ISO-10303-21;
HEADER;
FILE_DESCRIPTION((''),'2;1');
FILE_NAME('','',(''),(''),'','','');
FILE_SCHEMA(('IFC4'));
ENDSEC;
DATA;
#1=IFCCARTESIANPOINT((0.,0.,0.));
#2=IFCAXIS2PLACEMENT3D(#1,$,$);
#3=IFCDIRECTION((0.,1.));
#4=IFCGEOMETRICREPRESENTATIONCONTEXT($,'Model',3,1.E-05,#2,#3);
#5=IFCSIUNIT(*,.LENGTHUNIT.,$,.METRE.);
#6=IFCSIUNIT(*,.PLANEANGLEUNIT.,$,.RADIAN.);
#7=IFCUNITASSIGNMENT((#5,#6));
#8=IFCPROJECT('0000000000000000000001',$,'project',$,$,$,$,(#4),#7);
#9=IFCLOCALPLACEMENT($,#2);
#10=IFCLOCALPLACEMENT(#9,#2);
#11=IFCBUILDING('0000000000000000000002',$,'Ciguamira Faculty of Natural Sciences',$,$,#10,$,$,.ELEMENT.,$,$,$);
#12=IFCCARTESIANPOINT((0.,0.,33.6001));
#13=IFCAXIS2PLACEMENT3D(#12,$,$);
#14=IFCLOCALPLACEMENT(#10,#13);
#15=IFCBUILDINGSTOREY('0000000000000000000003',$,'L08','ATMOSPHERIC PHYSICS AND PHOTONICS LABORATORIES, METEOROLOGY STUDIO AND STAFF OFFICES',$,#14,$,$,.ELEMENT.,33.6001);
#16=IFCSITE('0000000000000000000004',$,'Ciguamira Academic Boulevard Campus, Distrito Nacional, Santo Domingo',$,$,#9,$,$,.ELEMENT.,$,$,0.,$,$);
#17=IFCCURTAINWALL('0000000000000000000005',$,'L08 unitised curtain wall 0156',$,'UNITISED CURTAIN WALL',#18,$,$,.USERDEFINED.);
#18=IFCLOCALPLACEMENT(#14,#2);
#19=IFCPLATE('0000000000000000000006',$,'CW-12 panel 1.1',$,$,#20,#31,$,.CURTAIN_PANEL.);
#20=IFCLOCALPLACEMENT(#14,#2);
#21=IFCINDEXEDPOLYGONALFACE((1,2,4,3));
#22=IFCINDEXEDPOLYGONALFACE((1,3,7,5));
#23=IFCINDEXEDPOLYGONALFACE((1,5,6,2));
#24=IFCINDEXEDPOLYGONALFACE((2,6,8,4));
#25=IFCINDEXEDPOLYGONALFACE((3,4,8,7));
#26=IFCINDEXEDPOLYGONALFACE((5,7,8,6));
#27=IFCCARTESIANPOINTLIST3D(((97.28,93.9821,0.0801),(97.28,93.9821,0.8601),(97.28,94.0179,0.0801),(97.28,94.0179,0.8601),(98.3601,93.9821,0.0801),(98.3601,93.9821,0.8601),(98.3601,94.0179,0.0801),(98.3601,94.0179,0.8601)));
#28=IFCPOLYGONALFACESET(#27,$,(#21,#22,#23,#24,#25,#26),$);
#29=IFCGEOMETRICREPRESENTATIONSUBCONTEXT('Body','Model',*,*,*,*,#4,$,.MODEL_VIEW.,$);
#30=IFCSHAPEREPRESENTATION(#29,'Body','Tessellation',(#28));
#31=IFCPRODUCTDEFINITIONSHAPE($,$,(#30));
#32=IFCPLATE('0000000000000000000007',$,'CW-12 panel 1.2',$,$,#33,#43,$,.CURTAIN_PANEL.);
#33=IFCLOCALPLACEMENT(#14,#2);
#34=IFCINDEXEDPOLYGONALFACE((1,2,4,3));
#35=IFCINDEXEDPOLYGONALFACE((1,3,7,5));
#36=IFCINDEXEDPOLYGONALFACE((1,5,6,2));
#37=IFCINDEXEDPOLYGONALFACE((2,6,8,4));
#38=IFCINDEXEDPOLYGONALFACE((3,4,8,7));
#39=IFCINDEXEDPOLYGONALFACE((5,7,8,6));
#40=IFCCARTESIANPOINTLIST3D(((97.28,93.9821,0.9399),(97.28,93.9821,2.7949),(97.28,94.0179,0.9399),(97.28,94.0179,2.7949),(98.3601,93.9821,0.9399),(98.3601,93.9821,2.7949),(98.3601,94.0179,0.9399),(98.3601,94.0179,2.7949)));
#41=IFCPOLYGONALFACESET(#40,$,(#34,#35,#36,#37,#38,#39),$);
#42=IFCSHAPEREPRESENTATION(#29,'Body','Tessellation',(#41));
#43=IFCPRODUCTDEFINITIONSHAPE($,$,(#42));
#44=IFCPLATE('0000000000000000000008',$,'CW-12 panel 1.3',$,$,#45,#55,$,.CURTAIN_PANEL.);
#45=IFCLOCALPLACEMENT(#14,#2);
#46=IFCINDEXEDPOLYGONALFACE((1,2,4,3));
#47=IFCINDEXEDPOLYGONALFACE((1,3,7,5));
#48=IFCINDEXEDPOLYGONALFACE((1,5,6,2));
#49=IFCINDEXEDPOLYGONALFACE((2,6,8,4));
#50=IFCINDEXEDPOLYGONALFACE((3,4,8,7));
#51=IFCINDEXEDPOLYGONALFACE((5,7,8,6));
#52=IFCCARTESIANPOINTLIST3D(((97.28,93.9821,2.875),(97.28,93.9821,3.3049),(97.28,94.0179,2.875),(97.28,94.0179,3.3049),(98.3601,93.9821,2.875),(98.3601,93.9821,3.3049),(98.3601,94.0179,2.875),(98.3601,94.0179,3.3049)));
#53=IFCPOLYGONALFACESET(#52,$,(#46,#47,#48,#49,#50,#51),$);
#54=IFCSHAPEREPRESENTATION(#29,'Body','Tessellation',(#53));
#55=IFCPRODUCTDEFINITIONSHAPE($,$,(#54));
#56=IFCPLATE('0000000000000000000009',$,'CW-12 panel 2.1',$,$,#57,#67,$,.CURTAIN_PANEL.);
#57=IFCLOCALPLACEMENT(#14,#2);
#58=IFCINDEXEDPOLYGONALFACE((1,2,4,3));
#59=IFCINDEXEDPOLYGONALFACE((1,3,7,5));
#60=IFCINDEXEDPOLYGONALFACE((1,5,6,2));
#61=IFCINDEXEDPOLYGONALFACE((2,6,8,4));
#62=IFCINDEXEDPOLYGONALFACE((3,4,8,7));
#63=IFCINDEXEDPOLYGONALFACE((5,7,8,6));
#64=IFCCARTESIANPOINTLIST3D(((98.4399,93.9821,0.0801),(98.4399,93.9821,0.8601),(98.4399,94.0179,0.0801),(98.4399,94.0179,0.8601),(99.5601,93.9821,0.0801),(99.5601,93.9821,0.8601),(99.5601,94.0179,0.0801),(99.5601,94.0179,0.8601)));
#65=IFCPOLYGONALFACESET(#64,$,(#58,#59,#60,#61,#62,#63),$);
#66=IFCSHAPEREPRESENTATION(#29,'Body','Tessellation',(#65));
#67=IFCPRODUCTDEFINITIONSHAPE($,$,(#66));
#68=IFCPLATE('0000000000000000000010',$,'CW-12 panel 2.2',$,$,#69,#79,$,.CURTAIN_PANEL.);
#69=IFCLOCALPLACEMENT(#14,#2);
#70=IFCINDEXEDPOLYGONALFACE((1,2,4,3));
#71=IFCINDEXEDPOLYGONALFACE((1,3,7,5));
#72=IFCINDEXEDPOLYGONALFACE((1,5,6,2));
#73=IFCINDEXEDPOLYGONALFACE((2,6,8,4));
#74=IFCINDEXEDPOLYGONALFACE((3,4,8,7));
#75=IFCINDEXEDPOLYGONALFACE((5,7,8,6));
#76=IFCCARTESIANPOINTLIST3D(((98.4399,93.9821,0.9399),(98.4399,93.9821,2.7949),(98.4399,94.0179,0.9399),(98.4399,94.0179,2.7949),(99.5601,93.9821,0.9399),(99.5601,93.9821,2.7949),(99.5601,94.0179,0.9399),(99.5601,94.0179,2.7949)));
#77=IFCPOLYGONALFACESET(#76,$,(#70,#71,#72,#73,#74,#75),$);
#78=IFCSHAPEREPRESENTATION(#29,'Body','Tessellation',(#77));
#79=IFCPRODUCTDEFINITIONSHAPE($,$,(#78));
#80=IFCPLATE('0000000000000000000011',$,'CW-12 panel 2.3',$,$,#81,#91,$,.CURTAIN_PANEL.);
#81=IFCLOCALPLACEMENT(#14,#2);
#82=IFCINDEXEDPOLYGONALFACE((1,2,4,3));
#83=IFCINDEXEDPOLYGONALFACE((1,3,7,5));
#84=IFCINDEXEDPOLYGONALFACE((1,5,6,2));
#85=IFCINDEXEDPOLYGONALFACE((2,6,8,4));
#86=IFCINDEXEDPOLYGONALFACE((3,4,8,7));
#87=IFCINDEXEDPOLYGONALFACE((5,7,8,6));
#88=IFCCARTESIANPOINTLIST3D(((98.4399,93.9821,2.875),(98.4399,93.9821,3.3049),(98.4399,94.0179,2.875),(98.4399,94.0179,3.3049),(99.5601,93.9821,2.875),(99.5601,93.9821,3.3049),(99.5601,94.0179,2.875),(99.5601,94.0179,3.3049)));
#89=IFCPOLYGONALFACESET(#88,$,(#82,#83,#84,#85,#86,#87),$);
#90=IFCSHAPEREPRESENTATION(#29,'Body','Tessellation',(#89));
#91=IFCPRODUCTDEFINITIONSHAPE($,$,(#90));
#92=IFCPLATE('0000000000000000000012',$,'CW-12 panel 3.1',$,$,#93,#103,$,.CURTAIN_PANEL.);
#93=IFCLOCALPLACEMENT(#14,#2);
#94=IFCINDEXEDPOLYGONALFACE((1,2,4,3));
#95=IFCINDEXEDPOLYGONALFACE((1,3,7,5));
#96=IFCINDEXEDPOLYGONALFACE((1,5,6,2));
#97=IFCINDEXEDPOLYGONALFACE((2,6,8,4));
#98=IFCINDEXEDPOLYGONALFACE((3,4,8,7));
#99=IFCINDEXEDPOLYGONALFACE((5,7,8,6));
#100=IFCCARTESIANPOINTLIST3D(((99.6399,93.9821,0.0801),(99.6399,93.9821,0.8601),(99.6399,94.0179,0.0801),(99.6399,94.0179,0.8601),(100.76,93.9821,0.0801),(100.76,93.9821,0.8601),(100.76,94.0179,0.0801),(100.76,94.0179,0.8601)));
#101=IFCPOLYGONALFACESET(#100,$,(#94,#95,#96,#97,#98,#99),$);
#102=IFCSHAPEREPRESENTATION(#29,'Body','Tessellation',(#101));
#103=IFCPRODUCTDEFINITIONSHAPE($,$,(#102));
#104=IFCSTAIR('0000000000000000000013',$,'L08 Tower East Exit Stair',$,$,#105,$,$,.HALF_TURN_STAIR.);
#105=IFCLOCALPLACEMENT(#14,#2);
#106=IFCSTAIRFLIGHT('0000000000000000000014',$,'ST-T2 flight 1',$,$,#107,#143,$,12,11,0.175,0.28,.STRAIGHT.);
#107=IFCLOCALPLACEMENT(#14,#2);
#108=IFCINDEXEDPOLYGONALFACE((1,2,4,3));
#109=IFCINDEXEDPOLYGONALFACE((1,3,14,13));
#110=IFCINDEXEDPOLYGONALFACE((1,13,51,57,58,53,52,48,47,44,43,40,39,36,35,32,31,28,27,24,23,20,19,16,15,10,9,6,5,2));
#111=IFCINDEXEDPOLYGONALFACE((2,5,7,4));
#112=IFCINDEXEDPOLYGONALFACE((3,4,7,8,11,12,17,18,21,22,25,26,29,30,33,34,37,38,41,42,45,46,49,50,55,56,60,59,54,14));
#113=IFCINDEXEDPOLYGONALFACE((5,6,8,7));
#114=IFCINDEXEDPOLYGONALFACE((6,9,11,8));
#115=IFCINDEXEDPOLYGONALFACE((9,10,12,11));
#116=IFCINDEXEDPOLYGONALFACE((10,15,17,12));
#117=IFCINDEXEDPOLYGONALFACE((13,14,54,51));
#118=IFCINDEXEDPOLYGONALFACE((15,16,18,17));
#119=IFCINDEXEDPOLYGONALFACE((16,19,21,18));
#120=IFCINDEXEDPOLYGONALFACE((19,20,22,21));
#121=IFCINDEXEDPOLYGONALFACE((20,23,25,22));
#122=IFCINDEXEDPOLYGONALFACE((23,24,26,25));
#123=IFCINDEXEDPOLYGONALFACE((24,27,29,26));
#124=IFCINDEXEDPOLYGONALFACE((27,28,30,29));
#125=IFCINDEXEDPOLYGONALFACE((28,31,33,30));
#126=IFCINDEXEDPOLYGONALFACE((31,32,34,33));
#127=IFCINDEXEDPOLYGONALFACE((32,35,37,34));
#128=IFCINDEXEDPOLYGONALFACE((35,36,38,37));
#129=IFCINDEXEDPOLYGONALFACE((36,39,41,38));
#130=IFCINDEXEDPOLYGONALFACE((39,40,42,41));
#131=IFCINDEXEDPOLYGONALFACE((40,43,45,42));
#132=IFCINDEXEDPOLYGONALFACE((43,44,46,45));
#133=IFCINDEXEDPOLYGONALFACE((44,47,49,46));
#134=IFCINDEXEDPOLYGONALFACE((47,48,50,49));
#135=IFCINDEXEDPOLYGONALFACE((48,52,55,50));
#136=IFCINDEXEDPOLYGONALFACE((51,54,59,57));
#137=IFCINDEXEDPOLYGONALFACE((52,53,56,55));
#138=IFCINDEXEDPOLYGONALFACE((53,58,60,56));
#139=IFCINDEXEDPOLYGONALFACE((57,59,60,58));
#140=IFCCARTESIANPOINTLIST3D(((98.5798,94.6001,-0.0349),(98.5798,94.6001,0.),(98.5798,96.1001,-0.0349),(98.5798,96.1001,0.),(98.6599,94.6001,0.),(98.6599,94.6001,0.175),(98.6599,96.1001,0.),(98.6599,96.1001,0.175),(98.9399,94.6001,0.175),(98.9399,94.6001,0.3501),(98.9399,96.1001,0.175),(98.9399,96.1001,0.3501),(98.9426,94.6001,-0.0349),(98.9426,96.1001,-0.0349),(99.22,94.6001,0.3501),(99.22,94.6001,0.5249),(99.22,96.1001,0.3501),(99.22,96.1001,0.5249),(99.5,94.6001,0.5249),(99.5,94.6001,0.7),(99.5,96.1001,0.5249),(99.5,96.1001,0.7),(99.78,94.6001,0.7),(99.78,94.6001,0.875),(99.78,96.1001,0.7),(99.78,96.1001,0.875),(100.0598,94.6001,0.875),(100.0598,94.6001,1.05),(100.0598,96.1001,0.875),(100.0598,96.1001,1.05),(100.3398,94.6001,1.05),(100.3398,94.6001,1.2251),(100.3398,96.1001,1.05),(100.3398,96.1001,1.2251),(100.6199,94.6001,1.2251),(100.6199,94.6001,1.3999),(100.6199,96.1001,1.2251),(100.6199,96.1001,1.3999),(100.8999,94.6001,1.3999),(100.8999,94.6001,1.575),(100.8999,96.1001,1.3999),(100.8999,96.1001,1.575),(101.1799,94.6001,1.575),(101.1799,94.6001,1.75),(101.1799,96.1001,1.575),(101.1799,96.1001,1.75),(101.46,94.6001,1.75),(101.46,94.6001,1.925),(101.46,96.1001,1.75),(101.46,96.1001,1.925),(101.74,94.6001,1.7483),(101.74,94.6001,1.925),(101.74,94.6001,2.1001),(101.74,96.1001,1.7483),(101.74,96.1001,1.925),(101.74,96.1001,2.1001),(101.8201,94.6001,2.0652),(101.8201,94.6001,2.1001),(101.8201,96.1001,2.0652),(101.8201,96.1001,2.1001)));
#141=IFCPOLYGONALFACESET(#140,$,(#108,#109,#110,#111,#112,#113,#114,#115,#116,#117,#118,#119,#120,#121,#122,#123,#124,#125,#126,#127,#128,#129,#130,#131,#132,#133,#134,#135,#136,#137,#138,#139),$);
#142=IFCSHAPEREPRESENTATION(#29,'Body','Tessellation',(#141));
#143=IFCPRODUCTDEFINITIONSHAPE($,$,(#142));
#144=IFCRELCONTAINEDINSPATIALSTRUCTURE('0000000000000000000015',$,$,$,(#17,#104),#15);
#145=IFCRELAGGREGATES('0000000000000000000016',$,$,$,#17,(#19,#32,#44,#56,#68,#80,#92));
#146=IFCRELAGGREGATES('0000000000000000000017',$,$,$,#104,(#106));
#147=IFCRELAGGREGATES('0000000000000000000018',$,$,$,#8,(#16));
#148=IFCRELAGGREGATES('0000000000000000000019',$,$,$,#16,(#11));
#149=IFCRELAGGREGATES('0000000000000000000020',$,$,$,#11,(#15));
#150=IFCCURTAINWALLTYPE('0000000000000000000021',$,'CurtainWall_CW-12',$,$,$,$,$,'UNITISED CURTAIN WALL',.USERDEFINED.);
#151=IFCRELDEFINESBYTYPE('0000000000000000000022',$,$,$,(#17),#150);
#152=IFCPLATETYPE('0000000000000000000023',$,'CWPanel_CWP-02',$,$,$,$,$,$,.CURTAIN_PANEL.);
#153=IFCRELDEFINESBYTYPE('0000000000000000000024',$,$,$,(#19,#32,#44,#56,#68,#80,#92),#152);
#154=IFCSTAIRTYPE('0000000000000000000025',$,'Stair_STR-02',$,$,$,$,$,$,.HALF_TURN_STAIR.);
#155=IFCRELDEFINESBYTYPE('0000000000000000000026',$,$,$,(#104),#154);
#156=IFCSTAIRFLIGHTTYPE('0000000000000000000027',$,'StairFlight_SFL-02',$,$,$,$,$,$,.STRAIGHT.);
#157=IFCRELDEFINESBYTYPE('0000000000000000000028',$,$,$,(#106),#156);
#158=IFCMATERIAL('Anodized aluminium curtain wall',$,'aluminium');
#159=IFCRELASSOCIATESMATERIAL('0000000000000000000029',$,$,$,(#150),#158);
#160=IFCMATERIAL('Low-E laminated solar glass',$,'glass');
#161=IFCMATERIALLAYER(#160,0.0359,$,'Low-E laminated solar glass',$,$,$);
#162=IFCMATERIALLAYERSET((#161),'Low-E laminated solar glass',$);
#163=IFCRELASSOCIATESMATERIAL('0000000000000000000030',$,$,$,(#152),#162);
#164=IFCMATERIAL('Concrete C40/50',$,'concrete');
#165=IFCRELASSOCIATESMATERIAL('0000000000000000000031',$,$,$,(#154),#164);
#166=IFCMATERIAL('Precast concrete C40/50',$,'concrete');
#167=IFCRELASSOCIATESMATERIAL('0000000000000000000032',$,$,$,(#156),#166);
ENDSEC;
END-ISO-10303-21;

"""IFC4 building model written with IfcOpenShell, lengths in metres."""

from ifc_helpers import new_model, si_unit, direction, frame, origin, origin_2d, place, context, subcontext, project, spatial, polyline, rectangle, outline, extrude, material, layer, layer_set, type_object, element, aggregate, save


model = new_model("IFC4")

# Units and contexts
model_context = context("Model", 3, precision=1e-05, world=origin(), true_north=direction((0.0, 1.0)))
body_context = subcontext(model_context, "Body", "Model", "MODEL_VIEW")
ifc_project = project(units=[si_unit("LENGTHUNIT", "METRE"), si_unit("PLANEANGLEUNIT", "RADIAN")], contexts=[model_context])

# Site, building, storey
site_placement = place(None, origin())
site = spatial("IfcSite", under=ifc_project, at=site_placement, Name="Ciguamira Academic Boulevard Campus, Distrito Nacional, Santo Domingo", CompositionType="ELEMENT", RefElevation=0.0)
building_placement = place(site_placement, origin())
building = spatial("IfcBuilding", under=site, at=building_placement, Name="Ciguamira Faculty of Natural Sciences", CompositionType="ELEMENT")
storey_placement = place(building_placement, frame((0.0, 0.0, 33.6001)))
storey = spatial("IfcBuildingStorey", under=building, at=storey_placement, Name="L08", Description="ATMOSPHERIC PHYSICS AND PHOTONICS LABORATORIES, METEOROLOGY STUDIO AND STAFF OFFICES", CompositionType="ELEMENT", Elevation=33.6001)

# Curtain wall, plates
ifc_material_1 = material(Name="Anodized aluminium curtain wall", Category="aluminium")
curtain_wall_type = type_object("IfcCurtainWallType", Name="CurtainWall_CW-12", ElementType="UNITISED CURTAIN WALL", PredefinedType="USERDEFINED", material=ifc_material_1)
curtain_wall_placement = place(storey_placement, origin())
curtain_wall = element("IfcCurtainWall", 1, at=curtain_wall_placement, inside=storey, type_object=curtain_wall_type, Name="L08 unitised curtain wall 0156", ObjectType="UNITISED CURTAIN WALL", PredefinedType="USERDEFINED")
ifc_material_2 = material(Name="Low-E laminated solar glass", Category="glass")
ifc_layer = layer(ifc_material_2, 0.0359, Name="Low-E laminated solar glass")
ifc_layer_set = layer_set([ifc_layer], Name="Low-E laminated solar glass")
plate_type = type_object("IfcPlateType", Name="CWPanel_CWP-02", PredefinedType="CURTAIN_PANEL", material=ifc_layer_set)
plate_1_placement = place(storey_placement, frame((97.8201, 94.0, 0.0801), z_axis=(0.0, 0.0, 1.0), x_axis=(1.0, 0.0, 0.0)))
plate_1 = element("IfcPlate", 2, at=plate_1_placement, type_object=plate_type, Name="CW-12 panel 1.1", PredefinedType="CURTAIN_PANEL", context=body_context, shape_type="SweptSolid", body=[
    extrude(rectangle(XDim=1.0801, YDim=0.0359, at=origin_2d()), origin(), (0.0, 0.0, 1.0), 0.78),
])
plate_2_placement = place(storey_placement, frame((97.8201, 94.0, 0.9399), z_axis=(0.0, 0.0, 1.0), x_axis=(1.0, 0.0, 0.0)))
plate_2 = element("IfcPlate", 3, at=plate_2_placement, type_object=plate_type, Name="CW-12 panel 1.2", PredefinedType="CURTAIN_PANEL", context=body_context, shape_type="SweptSolid", body=[
    extrude(rectangle(XDim=1.0801, YDim=0.0359, at=origin_2d()), origin(), (0.0, 0.0, 1.0), 1.855),
])
plate_3_placement = place(storey_placement, frame((97.8201, 94.0, 2.875), z_axis=(0.0, 0.0, 1.0), x_axis=(1.0, 0.0, 0.0)))
plate_3 = element("IfcPlate", 4, at=plate_3_placement, type_object=plate_type, Name="CW-12 panel 1.3", PredefinedType="CURTAIN_PANEL", context=body_context, shape_type="SweptSolid", body=[
    extrude(rectangle(XDim=1.0801, YDim=0.0359, at=origin_2d()), origin(), (0.0, 0.0, 1.0), 0.4299),
])
plate_4_placement = place(storey_placement, frame((99.0, 94.0, 0.0801), z_axis=(0.0, 0.0, 1.0), x_axis=(1.0, 0.0, 0.0)))
plate_4 = element("IfcPlate", 5, at=plate_4_placement, type_object=plate_type, Name="CW-12 panel 2.1", PredefinedType="CURTAIN_PANEL", context=body_context, shape_type="SweptSolid", body=[
    extrude(rectangle(XDim=1.1201, YDim=0.0359, at=origin_2d()), origin(), (0.0, 0.0, 1.0), 0.78),
])
plate_5_placement = place(storey_placement, frame((99.0, 94.0, 0.9399), z_axis=(0.0, 0.0, 1.0), x_axis=(1.0, 0.0, 0.0)))
plate_5 = element("IfcPlate", 6, at=plate_5_placement, type_object=plate_type, Name="CW-12 panel 2.2", PredefinedType="CURTAIN_PANEL", context=body_context, shape_type="SweptSolid", body=[
    extrude(rectangle(XDim=1.1201, YDim=0.0359, at=origin_2d()), origin(), (0.0, 0.0, 1.0), 1.855),
])
plate_6_placement = place(storey_placement, frame((99.0, 94.0, 2.875), z_axis=(0.0, 0.0, 1.0), x_axis=(1.0, 0.0, 0.0)))
plate_6 = element("IfcPlate", 7, at=plate_6_placement, type_object=plate_type, Name="CW-12 panel 2.3", PredefinedType="CURTAIN_PANEL", context=body_context, shape_type="SweptSolid", body=[
    extrude(rectangle(XDim=1.1201, YDim=0.0359, at=origin_2d()), origin(), (0.0, 0.0, 1.0), 0.4299),
])
plate_7_placement = place(storey_placement, frame((100.2, 94.0, 0.0801), z_axis=(0.0, 0.0, 1.0), x_axis=(1.0, 0.0, 0.0)))
plate_7 = element("IfcPlate", 8, at=plate_7_placement, type_object=plate_type, Name="CW-12 panel 3.1", PredefinedType="CURTAIN_PANEL", context=body_context, shape_type="SweptSolid", body=[
    extrude(rectangle(XDim=1.1201, YDim=0.0359, at=origin_2d()), origin(), (0.0, 0.0, 1.0), 0.78),
])
aggregate(curtain_wall, [plate_1, plate_2, plate_3, plate_4, plate_5, plate_6, plate_7])

# Stair, stair flight
ifc_material_3 = material(Name="Concrete C40/50", Category="concrete")
stair_type = type_object("IfcStairType", Name="Stair_STR-02", PredefinedType="HALF_TURN_STAIR", material=ifc_material_3)
stair_placement = place(storey_placement, origin())
stair = element("IfcStair", 9, at=stair_placement, inside=storey, type_object=stair_type, Name="L08 Tower East Exit Stair", PredefinedType="HALF_TURN_STAIR")
ifc_material_4 = material(Name="Precast concrete C40/50", Category="concrete")
stair_flight_type = type_object("IfcStairFlightType", Name="StairFlight_SFL-02", PredefinedType="STRAIGHT", material=ifc_material_4)
stair_flight_placement = place(storey_placement, frame((98.6599, 95.3501, 0.0), z_axis=(0.0, 0.0, 1.0), x_axis=(1.0, 0.0, 0.0)))
stair_flight = element("IfcStairFlight", 10, at=stair_flight_placement, type_object=stair_flight_type, Name="ST-T2 flight 1", NumberOfRisers=12, NumberOfTreads=11, PredefinedType="STRAIGHT", RiserHeight=0.175, TreadLength=0.28, context=body_context, shape_type="SweptSolid", body=[
    extrude(outline(polyline([(-0.0801, -0.0349), (-0.0801, 0.0), (0.0, 0.0), (0.0, 0.175), (0.28, 0.175), (0.28, 0.3501), (0.5601, 0.3501), (0.5601, 0.5249), (0.8401, 0.5249), (0.8401, 0.7), (1.1201, 0.7), (1.1201, 0.875), (1.3999, 0.875), (1.3999, 1.05), (1.6799, 1.05), (1.6799, 1.2251), (1.96, 1.2251), (1.96, 1.3999), (2.24, 1.3999), (2.24, 1.575), (2.52, 1.575), (2.52, 1.75), (2.8, 1.75), (2.8, 1.925), (3.0801, 1.925), (3.0801, 2.1001), (3.1602, 2.1001), (3.1602, 2.0652), (3.0801, 1.7483), (0.2827, -0.0349), (-0.0801, -0.0349)])), frame((0.0, 0.75, 0.0), z_axis=(0.0, -1.0, 0.0), x_axis=(1.0, 0.0, 0.0)), (0.0, 0.0, 1.0), 1.5),
])
aggregate(stair, [stair_flight])

save(model, "model.ifc")
